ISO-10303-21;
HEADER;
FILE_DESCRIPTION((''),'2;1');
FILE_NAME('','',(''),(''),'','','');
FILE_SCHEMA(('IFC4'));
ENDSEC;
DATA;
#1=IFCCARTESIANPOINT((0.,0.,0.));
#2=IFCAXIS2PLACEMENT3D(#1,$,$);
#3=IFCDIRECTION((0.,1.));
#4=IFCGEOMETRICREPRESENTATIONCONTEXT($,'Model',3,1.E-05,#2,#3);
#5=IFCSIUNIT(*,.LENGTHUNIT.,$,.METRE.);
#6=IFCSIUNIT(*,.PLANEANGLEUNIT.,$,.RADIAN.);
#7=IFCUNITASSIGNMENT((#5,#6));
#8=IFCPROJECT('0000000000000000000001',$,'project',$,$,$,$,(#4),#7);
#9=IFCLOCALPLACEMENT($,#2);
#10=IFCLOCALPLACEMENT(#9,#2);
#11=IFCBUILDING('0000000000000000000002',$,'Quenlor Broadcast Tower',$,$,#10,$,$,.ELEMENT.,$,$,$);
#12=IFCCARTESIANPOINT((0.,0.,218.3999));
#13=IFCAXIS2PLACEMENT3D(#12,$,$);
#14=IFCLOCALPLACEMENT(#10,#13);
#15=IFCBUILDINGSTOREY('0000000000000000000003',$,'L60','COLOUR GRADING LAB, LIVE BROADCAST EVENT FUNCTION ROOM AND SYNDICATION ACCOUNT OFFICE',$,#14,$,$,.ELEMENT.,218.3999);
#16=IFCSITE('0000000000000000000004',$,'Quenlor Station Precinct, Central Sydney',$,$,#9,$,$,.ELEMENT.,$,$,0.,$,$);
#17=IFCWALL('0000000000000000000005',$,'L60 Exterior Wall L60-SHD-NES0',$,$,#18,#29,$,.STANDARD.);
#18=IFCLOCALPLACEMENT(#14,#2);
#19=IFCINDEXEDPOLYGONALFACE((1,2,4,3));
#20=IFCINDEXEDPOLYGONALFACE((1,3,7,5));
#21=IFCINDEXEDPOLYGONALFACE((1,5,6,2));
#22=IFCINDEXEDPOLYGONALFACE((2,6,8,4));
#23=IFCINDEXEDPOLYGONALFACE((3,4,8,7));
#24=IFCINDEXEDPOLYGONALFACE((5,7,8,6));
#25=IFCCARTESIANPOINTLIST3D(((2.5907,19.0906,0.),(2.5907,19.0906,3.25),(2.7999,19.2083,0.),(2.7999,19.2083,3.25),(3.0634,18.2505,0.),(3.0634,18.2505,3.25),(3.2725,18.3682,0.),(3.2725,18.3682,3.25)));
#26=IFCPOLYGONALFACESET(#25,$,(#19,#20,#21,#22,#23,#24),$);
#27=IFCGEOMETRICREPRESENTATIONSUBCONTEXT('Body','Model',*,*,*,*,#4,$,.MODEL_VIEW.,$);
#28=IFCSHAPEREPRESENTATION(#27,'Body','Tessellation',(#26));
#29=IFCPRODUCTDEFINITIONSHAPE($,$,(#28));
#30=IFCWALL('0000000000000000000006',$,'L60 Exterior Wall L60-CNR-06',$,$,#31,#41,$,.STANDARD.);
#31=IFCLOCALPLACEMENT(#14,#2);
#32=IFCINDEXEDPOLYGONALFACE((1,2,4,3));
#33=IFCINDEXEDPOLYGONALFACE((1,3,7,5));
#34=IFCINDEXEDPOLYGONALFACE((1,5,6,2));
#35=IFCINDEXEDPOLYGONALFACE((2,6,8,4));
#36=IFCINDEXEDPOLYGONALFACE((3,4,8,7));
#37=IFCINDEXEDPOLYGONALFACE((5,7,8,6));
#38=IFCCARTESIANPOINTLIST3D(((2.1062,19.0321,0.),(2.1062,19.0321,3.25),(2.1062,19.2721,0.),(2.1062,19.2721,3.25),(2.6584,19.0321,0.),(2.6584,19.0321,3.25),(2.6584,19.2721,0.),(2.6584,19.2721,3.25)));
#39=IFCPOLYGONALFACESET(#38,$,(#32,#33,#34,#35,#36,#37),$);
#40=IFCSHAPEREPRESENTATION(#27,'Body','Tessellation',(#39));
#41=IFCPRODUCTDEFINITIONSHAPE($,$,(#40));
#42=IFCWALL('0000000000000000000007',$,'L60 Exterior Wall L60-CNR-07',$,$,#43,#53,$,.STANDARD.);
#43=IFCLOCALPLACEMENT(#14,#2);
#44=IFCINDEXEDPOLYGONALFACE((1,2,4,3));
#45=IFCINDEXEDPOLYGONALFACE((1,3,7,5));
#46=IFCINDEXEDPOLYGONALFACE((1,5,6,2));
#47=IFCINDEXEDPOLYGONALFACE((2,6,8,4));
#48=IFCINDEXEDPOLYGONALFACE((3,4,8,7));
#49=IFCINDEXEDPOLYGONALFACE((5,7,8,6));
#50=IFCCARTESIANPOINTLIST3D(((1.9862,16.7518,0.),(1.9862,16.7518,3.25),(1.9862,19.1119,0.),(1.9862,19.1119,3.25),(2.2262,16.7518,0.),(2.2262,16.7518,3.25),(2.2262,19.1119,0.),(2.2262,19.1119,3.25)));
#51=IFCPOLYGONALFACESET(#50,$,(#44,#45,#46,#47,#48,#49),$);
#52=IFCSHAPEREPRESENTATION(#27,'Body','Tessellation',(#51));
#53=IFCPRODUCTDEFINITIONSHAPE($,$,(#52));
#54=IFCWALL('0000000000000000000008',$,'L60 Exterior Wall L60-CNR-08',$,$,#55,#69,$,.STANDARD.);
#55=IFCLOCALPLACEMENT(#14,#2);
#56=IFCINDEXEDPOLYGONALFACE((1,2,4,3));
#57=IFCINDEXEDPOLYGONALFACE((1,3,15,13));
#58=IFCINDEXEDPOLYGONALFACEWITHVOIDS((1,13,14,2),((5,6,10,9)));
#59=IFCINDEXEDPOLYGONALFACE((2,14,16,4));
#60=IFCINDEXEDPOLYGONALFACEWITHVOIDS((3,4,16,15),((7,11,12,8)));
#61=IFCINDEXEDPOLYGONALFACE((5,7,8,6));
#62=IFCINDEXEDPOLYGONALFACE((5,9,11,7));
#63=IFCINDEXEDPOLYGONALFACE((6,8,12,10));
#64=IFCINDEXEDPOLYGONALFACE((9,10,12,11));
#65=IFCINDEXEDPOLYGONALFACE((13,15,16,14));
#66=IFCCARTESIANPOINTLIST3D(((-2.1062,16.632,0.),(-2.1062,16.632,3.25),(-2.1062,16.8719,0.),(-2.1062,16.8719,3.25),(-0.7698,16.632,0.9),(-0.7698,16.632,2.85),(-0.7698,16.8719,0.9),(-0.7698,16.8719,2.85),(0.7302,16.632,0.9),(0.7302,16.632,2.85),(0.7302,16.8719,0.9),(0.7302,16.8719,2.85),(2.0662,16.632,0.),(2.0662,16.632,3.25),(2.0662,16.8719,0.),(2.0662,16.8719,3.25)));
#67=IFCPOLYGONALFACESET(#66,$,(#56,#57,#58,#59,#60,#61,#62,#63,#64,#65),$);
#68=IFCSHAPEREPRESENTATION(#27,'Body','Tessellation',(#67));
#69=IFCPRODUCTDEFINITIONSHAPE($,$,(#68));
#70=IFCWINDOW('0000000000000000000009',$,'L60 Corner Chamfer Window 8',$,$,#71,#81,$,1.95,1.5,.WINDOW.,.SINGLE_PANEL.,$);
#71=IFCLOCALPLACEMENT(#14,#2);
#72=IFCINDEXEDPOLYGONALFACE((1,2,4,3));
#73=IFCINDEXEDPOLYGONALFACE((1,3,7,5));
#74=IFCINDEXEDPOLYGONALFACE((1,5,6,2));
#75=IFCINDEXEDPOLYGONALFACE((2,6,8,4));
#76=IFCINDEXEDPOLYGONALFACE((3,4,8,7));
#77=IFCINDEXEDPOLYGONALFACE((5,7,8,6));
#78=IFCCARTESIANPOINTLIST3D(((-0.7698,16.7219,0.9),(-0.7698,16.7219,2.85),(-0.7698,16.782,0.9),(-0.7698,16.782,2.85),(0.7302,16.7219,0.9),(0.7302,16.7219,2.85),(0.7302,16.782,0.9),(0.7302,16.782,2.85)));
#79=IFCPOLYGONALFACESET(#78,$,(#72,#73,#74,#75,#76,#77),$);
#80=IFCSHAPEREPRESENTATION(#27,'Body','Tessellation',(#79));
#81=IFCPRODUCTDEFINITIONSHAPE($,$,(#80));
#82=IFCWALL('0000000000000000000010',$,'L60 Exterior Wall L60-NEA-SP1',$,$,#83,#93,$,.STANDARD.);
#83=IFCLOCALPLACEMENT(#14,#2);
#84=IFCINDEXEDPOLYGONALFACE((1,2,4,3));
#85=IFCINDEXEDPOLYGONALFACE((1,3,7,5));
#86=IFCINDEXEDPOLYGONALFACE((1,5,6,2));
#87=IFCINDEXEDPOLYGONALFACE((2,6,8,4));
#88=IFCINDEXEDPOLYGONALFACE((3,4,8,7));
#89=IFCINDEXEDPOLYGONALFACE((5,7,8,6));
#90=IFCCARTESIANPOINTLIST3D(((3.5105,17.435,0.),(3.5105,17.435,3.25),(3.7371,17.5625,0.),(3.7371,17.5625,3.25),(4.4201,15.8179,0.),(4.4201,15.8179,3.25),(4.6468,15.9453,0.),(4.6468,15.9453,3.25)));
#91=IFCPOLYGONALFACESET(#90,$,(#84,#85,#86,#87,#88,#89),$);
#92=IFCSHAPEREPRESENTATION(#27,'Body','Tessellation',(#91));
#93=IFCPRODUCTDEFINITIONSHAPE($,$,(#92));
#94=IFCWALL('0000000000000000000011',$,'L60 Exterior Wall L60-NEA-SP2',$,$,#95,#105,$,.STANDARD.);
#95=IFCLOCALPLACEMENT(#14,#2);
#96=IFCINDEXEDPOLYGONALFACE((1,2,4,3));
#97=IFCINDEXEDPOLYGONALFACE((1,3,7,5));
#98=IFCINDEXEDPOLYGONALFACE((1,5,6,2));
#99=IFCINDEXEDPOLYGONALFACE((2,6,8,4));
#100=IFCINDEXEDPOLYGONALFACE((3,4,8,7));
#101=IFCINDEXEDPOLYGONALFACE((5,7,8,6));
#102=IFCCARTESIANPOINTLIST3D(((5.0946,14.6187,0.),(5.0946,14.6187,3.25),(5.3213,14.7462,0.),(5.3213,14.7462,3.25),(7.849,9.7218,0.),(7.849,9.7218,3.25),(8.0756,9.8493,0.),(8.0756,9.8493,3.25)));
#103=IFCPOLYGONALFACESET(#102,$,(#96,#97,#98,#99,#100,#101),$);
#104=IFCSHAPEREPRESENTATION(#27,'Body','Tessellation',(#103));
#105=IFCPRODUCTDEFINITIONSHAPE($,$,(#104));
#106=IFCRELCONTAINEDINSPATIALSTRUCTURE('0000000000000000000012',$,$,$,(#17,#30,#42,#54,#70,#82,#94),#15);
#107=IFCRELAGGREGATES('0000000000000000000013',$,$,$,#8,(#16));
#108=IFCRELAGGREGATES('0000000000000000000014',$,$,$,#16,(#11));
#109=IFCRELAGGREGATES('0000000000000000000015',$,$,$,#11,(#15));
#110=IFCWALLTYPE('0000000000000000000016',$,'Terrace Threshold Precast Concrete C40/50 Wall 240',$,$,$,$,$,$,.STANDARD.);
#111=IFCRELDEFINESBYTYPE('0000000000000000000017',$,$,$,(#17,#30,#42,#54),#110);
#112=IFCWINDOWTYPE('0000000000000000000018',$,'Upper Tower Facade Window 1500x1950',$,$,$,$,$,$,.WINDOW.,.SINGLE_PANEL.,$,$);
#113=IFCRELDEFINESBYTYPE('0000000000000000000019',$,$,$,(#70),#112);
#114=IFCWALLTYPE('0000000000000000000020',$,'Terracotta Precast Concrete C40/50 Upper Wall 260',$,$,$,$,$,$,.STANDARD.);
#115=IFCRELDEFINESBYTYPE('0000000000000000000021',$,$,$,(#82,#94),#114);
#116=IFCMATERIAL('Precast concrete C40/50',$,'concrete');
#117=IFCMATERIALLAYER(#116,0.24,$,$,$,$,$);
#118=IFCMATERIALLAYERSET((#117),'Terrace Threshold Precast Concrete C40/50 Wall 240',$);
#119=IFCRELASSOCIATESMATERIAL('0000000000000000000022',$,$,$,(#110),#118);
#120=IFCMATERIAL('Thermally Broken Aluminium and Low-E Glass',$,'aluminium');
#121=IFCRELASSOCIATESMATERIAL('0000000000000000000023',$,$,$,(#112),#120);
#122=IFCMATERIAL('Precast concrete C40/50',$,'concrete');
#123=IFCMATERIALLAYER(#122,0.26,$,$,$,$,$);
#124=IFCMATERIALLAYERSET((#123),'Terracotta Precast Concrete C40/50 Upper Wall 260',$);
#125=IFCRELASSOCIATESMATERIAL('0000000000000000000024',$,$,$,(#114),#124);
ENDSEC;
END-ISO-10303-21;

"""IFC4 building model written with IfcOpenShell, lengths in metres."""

from ifc_helpers import new_model, si_unit, direction, frame, frame_2d, origin, place, context, subcontext, project, spatial, rectangle, extrude, material, layer, layer_set, type_object, element, fill, save


model = new_model("IFC4")

# Units and contexts
model_context = context("Model", 3, precision=1e-05, world=origin(), true_north=direction((0.0, 1.0)))
body_context = subcontext(model_context, "Body", "Model", "MODEL_VIEW")
ifc_project = project(units=[si_unit("LENGTHUNIT", "METRE"), si_unit("PLANEANGLEUNIT", "RADIAN")], contexts=[model_context])

# Site, building, storey
site_placement = place(None, origin())
site = spatial("IfcSite", under=ifc_project, at=site_placement, Name="Quenlor Station Precinct, Central Sydney", CompositionType="ELEMENT", RefElevation=0.0)
building_placement = place(site_placement, origin())
building = spatial("IfcBuilding", under=site, at=building_placement, Name="Quenlor Broadcast Tower", CompositionType="ELEMENT")
storey_placement = place(building_placement, frame((0.0, 0.0, 218.3999)))
storey = spatial("IfcBuildingStorey", under=building, at=storey_placement, Name="L60", Description="COLOUR GRADING LAB, LIVE BROADCAST EVENT FUNCTION ROOM AND SYNDICATION ACCOUNT OFFICE", CompositionType="ELEMENT", Elevation=218.3999)

# Walls
ifc_material_1 = material(Name="Precast concrete C40/50", Category="concrete")
ifc_layer_1 = layer(ifc_material_1, 0.24)
ifc_layer_set_1 = layer_set([ifc_layer_1], Name="Terrace Threshold Precast Concrete C40/50 Wall 240")
wall_type_1 = type_object("IfcWallType", Name="Terrace Threshold Precast Concrete C40/50 Wall 240", PredefinedType="STANDARD", material=ifc_layer_set_1)
wall_1_placement = place(storey_placement, frame((2.6953, 19.1494, 0.0), z_axis=(0.0, 0.0, 1.0), x_axis=(0.490345, -0.871528, 0.0)))
element("IfcWall", 1, at=wall_1_placement, inside=storey, type_object=wall_type_1, Name="L60 Exterior Wall L60-SHD-NES0", PredefinedType="STANDARD", context=body_context, shape_type="SweptSolid", body=[
    extrude(rectangle(XDim=0.9639, YDim=0.24, at=frame_2d((0.4819, 0.0))), origin(), (0.0, 0.0, 1.0), 3.25),
])
wall_2_placement = place(storey_placement, frame((2.6584, 19.1521, 0.0), z_axis=(0.0, 0.0, 1.0), x_axis=(-1.0, 0.0, 0.0)))
element("IfcWall", 2, at=wall_2_placement, inside=storey, type_object=wall_type_1, Name="L60 Exterior Wall L60-CNR-06", PredefinedType="STANDARD", context=body_context, shape_type="SweptSolid", body=[
    extrude(rectangle(XDim=0.5522, YDim=0.24, at=frame_2d((0.2761, 0.0))), origin(), (0.0, 0.0, 1.0), 3.25),
])
wall_3_placement = place(storey_placement, frame((2.1062, 19.1121, 0.0), z_axis=(0.0, 0.0, 1.0), x_axis=(0.0, -1.0, 0.0)))
element("IfcWall", 3, at=wall_3_placement, inside=storey, type_object=wall_type_1, Name="L60 Exterior Wall L60-CNR-07", PredefinedType="STANDARD", context=body_context, shape_type="SweptSolid", body=[
    extrude(rectangle(XDim=2.3601, YDim=0.24, at=frame_2d((1.1802, 0.0))), origin(), (0.0, 0.0, 1.0), 3.25),
])

# Wall, opening, window
wall_4_placement = place(storey_placement, frame((2.0662, 16.752, 0.0), z_axis=(0.0, 0.0, 1.0), x_axis=(-1.0, 0.0, 0.0)))
wall_4 = element("IfcWall", 4, at=wall_4_placement, inside=storey, type_object=wall_type_1, Name="L60 Exterior Wall L60-CNR-08", PredefinedType="STANDARD", context=body_context, shape_type="SweptSolid", body=[
    extrude(rectangle(XDim=4.1724, YDim=0.24, at=frame_2d((2.0862, 0.0))), origin(), (0.0, 0.0, 1.0), 3.25),
])
opening_placement = place(wall_4_placement, frame((1.3359, 0.0, 0.8999)))
opening = element("IfcOpeningElement", 5, at=opening_placement, cuts=wall_4, PredefinedType="OPENING", context=body_context, shape_type="SweptSolid", body=[
    extrude(rectangle(XDim=1.5, YDim=1.95, at=frame_2d((0.75, 0.9751))), frame((0.0, 0.1299, 0.0), z_axis=(0.0, -1.0, 0.0), x_axis=(1.0, 0.0, 0.0)), (0.0, 0.0, 1.0), 0.26),
])
ifc_material_2 = material(Name="Thermally Broken Aluminium and Low-E Glass", Category="aluminium")
window_type = type_object("IfcWindowType", Name="Upper Tower Facade Window 1500x1950", PartitioningType="SINGLE_PANEL", PredefinedType="WINDOW", material=ifc_material_2)
window_placement = place(opening_placement, origin())
window = element("IfcWindow", 6, at=window_placement, inside=storey, type_object=window_type, Name="L60 Corner Chamfer Window 8", OverallHeight=1.95, OverallWidth=1.5, PartitioningType="SINGLE_PANEL", PredefinedType="WINDOW", context=body_context, shape_type="SweptSolid", body=[
    extrude(rectangle(XDim=1.5, YDim=1.95, at=frame_2d((0.75, 0.9751))), frame((0.0, 0.03, 0.0), z_axis=(0.0, -1.0, 0.0), x_axis=(1.0, 0.0, 0.0)), (0.0, 0.0, 1.0), 0.0601),
])
fill(opening, window)

# Walls
ifc_material_3 = material(Name="Precast concrete C40/50", Category="concrete")
ifc_layer_2 = layer(ifc_material_3, 0.26)
ifc_layer_set_2 = layer_set([ifc_layer_2], Name="Terracotta Precast Concrete C40/50 Upper Wall 260")
wall_type_2 = type_object("IfcWallType", Name="Terracotta Precast Concrete C40/50 Upper Wall 260", PredefinedType="STANDARD", material=ifc_layer_set_2)
wall_5_placement = place(storey_placement, frame((3.6238, 17.4988, 0.0), z_axis=(0.0, 0.0, 1.0), x_axis=(0.490261, -0.871576, 0.0)))
element("IfcWall", 7, at=wall_5_placement, inside=storey, type_object=wall_type_2, Name="L60 Exterior Wall L60-NEA-SP1", PredefinedType="STANDARD", context=body_context, shape_type="SweptSolid", body=[
    extrude(rectangle(XDim=1.8555, YDim=0.26, at=frame_2d((0.9277, 0.0))), origin(), (0.0, 0.0, 1.0), 3.25),
])
wall_6_placement = place(storey_placement, frame((5.208, 14.6824, 0.0), z_axis=(0.0, 0.0, 1.0), x_axis=(0.490241, -0.871587, 0.0)))
element("IfcWall", 8, at=wall_6_placement, inside=storey, type_object=wall_type_2, Name="L60 Exterior Wall L60-NEA-SP2", PredefinedType="STANDARD", context=body_context, shape_type="SweptSolid", body=[
    extrude(rectangle(XDim=5.6184, YDim=0.26, at=frame_2d((2.8091, 0.0))), origin(), (0.0, 0.0, 1.0), 3.25),
])

save(model, "model.ifc")
